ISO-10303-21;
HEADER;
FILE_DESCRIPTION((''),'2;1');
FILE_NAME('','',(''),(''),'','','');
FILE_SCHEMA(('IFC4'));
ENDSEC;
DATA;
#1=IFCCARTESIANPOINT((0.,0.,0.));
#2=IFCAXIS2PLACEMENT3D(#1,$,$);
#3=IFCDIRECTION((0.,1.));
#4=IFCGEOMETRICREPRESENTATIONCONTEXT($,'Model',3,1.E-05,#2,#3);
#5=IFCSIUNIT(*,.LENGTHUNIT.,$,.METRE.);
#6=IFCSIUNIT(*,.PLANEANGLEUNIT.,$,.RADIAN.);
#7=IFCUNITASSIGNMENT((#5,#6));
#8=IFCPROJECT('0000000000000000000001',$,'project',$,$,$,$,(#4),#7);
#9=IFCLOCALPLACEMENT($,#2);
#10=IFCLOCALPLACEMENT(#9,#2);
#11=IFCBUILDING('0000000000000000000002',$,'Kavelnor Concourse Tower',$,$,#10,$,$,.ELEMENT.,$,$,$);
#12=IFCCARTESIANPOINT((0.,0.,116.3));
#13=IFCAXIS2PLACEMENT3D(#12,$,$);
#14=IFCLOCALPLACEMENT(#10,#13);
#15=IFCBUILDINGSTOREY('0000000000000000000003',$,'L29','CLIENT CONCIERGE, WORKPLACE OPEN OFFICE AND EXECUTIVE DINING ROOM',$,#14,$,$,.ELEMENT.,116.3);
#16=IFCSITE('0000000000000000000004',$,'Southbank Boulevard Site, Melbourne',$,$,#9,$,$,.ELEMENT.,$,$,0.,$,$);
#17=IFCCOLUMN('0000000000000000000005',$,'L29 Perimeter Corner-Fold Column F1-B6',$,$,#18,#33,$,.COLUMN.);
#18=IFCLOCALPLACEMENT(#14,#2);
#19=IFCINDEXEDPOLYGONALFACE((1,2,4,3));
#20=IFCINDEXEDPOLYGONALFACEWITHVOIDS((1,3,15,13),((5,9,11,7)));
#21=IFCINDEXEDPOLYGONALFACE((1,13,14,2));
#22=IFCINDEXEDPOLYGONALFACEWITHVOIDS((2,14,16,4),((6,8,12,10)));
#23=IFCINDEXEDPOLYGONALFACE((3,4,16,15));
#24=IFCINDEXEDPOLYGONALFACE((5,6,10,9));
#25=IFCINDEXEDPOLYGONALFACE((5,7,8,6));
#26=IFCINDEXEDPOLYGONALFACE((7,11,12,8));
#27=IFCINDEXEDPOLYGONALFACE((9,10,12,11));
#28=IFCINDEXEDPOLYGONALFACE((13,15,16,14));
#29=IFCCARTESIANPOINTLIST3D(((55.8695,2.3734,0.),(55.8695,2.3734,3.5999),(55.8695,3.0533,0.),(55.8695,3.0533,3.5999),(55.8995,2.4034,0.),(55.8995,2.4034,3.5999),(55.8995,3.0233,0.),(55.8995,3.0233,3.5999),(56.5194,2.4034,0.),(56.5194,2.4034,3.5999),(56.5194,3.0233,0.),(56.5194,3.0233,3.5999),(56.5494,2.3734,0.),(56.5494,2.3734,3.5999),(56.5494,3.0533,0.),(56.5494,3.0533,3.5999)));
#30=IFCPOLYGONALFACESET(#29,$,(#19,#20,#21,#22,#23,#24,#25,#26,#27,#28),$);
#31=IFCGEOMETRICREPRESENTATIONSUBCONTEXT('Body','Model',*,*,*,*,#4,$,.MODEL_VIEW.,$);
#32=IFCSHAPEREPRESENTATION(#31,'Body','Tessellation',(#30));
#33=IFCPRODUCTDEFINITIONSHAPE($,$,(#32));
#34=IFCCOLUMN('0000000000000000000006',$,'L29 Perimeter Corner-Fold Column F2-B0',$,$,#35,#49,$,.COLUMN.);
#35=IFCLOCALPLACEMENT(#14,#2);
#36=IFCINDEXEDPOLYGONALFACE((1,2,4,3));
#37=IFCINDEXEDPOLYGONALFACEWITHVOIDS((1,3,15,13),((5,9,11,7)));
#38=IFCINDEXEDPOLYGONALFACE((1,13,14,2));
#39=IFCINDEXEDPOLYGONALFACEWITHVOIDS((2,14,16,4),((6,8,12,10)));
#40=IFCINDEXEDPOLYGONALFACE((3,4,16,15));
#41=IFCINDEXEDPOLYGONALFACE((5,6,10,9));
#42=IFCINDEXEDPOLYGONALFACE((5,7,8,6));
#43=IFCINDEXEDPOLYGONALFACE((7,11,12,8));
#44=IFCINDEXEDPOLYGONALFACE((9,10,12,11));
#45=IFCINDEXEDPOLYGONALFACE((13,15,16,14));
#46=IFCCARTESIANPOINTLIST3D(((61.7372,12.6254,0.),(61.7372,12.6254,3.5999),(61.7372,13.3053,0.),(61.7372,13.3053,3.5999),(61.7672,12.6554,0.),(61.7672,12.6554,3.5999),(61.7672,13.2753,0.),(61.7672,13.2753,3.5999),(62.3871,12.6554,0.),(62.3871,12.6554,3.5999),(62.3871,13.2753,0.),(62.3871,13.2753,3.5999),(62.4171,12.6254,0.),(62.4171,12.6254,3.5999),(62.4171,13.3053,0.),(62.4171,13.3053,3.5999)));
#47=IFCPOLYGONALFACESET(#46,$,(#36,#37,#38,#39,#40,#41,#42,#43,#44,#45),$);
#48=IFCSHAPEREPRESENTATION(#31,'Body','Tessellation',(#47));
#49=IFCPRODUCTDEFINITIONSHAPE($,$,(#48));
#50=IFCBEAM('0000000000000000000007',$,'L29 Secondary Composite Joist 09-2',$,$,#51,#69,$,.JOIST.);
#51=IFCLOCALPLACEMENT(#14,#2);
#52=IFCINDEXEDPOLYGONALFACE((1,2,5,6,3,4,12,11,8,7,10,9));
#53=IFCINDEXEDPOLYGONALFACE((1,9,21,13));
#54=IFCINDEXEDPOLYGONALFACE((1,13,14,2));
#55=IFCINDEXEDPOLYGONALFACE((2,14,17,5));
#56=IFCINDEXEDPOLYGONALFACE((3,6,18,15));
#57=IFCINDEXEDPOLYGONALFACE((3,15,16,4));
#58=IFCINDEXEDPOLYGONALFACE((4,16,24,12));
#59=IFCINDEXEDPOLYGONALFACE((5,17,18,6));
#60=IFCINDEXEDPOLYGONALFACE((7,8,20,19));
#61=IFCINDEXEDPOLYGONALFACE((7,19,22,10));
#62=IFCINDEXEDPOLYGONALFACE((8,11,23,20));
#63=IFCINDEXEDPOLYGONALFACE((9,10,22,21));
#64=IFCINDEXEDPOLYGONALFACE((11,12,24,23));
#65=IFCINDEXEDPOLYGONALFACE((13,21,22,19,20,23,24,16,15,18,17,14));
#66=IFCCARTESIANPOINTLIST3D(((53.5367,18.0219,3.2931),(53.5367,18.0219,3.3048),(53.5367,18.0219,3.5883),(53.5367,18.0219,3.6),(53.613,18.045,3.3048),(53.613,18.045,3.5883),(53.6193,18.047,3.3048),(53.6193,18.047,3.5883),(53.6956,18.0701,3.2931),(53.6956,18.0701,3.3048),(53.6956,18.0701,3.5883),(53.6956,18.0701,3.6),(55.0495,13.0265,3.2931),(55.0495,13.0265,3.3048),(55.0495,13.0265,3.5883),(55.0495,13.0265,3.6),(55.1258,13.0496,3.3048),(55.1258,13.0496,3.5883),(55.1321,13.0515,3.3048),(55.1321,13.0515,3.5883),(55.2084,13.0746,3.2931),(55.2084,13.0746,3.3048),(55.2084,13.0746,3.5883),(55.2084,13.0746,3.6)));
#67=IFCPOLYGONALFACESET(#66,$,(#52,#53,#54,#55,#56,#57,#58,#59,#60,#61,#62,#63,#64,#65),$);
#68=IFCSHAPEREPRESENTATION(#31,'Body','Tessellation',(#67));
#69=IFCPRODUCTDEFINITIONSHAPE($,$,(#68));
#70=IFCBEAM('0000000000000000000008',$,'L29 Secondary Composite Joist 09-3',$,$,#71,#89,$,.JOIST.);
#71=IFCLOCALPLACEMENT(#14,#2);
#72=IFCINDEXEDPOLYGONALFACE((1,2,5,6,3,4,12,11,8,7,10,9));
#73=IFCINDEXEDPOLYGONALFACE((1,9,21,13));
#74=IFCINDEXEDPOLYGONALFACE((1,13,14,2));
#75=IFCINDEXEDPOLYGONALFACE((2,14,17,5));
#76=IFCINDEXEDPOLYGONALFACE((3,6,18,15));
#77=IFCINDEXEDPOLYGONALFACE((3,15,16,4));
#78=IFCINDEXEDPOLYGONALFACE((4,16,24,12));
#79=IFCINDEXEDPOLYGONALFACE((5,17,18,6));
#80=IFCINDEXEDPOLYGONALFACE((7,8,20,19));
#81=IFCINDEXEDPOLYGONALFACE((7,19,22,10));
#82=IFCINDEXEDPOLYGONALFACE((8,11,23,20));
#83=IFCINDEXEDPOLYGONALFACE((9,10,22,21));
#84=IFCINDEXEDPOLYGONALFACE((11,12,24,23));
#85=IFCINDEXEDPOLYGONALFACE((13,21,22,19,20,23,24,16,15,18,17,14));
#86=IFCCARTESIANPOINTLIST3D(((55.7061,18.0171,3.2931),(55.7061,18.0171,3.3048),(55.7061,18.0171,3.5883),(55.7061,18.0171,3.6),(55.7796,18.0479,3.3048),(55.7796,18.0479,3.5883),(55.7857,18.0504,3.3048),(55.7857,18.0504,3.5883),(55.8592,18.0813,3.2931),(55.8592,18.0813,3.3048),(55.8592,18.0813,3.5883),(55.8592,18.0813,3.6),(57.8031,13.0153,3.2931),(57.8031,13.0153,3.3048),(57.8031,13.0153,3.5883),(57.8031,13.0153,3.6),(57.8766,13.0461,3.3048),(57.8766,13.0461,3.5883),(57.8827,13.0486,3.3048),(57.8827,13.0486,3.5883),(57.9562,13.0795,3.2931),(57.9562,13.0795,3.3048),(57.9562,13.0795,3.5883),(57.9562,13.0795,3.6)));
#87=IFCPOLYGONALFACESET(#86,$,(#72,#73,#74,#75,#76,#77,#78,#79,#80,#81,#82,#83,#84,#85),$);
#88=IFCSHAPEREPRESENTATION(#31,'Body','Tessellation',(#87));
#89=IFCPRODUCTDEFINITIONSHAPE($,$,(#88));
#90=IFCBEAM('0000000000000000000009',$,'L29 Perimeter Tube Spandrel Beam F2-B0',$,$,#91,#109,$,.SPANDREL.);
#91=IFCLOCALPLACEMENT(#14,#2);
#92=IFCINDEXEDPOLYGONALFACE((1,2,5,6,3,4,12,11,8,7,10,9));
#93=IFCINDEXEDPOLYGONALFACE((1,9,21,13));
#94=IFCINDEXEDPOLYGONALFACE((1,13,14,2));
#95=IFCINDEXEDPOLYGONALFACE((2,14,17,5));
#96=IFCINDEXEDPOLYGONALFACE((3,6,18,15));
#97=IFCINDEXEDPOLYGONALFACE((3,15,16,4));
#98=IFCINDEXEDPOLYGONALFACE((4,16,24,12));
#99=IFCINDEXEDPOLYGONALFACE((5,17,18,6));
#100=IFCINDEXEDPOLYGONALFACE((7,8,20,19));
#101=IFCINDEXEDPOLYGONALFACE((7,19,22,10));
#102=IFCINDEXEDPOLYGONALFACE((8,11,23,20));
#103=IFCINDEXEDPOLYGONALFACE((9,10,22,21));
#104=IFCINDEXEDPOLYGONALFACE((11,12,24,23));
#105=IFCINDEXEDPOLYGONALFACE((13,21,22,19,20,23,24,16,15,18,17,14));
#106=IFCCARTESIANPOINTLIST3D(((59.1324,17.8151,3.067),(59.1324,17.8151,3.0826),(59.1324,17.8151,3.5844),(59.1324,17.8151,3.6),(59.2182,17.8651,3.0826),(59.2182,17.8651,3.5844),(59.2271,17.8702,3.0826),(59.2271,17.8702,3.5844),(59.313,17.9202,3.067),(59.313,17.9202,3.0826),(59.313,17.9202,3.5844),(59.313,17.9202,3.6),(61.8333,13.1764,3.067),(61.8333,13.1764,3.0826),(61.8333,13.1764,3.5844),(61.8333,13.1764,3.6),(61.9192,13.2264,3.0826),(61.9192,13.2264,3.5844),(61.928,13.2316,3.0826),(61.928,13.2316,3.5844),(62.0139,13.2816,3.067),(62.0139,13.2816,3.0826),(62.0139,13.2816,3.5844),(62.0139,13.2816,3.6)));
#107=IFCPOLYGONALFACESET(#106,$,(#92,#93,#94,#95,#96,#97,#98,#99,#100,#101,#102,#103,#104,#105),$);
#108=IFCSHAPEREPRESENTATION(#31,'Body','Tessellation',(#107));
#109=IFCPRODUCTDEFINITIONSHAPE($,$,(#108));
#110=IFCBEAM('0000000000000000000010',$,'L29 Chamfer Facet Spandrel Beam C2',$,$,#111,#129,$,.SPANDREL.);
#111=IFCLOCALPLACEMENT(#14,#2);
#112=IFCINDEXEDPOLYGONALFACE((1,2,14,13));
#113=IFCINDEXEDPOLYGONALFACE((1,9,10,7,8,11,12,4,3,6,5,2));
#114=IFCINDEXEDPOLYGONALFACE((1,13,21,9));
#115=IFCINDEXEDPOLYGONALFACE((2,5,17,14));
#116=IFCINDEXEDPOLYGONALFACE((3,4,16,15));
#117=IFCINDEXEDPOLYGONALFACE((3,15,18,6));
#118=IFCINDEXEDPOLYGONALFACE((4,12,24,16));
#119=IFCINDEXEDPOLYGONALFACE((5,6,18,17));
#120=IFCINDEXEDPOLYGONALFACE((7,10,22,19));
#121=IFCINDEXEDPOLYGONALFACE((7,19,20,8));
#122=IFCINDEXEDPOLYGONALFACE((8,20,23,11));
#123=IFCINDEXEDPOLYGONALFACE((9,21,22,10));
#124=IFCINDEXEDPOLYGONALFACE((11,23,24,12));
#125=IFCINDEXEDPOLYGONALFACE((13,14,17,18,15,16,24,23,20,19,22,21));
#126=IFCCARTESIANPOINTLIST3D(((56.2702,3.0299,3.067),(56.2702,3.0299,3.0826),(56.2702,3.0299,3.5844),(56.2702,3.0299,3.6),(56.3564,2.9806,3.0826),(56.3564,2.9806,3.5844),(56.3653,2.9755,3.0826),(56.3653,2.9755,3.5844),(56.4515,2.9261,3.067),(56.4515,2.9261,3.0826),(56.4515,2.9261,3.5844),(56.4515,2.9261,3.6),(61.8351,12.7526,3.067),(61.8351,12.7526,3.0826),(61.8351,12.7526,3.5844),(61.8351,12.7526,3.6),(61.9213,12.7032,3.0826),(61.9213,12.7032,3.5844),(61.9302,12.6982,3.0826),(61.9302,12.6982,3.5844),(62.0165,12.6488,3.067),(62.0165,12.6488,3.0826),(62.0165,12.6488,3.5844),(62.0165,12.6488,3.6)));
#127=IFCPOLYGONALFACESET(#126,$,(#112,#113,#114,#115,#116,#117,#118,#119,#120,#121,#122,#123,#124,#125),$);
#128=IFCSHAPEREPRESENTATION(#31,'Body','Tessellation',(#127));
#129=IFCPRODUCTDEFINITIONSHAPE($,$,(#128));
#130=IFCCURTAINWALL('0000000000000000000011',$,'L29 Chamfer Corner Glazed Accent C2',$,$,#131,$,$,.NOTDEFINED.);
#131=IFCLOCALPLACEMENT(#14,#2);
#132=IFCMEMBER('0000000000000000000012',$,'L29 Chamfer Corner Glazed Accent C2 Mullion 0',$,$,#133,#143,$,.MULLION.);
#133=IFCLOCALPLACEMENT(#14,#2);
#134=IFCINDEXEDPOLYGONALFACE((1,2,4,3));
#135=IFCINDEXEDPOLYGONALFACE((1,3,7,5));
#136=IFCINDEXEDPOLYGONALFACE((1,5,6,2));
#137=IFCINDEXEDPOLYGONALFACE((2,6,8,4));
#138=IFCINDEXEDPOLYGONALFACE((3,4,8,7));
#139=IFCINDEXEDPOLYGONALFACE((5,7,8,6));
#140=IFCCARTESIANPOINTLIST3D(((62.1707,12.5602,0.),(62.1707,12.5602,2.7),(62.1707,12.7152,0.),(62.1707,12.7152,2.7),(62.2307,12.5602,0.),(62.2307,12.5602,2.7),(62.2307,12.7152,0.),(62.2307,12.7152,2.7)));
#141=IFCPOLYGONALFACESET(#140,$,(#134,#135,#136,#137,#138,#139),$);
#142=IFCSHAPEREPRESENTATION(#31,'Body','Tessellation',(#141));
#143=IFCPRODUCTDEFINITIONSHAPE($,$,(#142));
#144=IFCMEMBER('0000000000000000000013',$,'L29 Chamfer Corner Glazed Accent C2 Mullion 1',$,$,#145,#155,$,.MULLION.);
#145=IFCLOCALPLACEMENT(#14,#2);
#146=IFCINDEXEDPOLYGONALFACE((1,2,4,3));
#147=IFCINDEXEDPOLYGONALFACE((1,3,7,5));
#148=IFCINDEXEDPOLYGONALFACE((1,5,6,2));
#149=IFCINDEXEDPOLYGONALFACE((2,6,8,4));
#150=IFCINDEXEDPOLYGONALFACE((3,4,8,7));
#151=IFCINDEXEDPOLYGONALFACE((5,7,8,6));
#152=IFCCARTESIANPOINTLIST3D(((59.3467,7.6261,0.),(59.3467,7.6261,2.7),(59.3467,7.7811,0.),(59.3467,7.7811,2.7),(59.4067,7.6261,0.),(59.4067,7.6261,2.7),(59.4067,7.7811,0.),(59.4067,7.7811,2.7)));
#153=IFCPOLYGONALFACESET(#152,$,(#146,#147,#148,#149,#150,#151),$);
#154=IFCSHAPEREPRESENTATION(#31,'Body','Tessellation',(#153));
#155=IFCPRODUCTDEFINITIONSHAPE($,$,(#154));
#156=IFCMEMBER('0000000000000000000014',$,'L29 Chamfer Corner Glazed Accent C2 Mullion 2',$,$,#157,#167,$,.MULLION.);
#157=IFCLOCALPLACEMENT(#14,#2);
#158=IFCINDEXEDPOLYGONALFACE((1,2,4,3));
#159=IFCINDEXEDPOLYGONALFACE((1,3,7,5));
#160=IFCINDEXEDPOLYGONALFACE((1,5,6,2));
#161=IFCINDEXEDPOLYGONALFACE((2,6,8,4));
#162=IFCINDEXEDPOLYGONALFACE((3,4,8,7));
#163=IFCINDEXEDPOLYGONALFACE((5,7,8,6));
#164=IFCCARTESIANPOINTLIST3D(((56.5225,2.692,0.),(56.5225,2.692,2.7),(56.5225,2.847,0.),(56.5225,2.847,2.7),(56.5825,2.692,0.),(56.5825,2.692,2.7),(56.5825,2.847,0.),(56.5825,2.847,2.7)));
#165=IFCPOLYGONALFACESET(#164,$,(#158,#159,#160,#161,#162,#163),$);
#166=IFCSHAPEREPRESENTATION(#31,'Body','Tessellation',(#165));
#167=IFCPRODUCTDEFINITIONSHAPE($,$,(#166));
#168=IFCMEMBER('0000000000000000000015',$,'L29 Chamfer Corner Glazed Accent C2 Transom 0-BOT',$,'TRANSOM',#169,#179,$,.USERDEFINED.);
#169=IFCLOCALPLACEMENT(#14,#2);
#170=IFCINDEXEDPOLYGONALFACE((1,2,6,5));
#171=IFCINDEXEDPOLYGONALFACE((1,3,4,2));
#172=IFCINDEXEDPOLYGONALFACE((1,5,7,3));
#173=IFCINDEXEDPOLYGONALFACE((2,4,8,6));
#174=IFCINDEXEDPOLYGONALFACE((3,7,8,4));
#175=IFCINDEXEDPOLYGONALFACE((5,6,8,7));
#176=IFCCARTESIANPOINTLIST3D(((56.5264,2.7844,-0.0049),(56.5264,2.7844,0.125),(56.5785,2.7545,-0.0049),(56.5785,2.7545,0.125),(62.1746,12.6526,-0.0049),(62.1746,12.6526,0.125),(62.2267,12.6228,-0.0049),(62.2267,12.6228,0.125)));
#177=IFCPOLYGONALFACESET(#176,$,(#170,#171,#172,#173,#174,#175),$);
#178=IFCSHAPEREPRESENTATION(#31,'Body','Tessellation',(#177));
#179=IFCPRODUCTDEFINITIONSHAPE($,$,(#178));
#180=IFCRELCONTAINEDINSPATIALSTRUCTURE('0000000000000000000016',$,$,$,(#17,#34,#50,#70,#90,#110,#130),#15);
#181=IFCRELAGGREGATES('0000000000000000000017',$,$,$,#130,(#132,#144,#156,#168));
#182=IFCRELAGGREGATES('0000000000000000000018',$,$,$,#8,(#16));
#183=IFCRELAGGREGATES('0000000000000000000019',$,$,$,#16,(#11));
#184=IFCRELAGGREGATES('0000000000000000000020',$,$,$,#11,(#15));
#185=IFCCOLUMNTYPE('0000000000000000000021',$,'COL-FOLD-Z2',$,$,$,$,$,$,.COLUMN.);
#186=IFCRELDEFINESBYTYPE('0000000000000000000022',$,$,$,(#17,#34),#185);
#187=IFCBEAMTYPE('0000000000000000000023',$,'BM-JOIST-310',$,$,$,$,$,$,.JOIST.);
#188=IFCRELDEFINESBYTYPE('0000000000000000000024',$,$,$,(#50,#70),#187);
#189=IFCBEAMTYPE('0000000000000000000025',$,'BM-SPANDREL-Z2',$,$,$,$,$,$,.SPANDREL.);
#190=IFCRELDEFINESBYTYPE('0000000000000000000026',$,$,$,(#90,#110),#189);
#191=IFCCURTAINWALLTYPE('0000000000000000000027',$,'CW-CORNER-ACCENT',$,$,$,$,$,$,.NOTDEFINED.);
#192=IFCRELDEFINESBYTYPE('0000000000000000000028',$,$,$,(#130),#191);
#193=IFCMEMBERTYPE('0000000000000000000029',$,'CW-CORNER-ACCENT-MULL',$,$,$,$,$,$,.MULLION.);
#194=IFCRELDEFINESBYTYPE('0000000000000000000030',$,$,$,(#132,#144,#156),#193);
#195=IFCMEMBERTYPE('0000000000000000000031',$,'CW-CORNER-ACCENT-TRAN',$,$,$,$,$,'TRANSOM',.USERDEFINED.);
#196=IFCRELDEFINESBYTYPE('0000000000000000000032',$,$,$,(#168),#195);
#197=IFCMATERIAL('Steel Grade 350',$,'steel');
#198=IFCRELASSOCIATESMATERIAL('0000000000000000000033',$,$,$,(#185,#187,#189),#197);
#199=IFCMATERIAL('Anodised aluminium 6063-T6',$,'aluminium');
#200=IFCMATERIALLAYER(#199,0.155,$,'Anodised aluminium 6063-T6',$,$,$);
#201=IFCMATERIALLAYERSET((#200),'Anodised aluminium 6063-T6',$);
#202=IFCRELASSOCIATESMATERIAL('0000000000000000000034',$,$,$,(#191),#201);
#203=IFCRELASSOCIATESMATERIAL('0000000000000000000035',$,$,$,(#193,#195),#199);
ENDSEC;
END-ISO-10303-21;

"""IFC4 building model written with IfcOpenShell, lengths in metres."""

from ifc_helpers import new_model, si_unit, direction, frame, origin, origin_2d, place, context, subcontext, project, spatial, rectangle, hollow_rectangle, i_section, extrude, material, layer, layer_set, material_profile, profile_set, type_object, element, aggregate, save


model = new_model("IFC4")

# Units and contexts
model_context = context("Model", 3, precision=1e-05, world=origin(), true_north=direction((0.0, 1.0)))
body_context = subcontext(model_context, "Body", "Model", "MODEL_VIEW")
ifc_project = project(units=[si_unit("LENGTHUNIT", "METRE"), si_unit("PLANEANGLEUNIT", "RADIAN")], contexts=[model_context])

# Site, building, storey
site_placement = place(None, origin())
site = spatial("IfcSite", under=ifc_project, at=site_placement, Name="Southbank Boulevard Site, Melbourne", CompositionType="ELEMENT", RefElevation=0.0)
building_placement = place(site_placement, origin())
building = spatial("IfcBuilding", under=site, at=building_placement, Name="Kavelnor Concourse Tower", CompositionType="ELEMENT")
storey_placement = place(building_placement, frame((0.0, 0.0, 116.3)))
storey = spatial("IfcBuildingStorey", under=building, at=storey_placement, Name="L29", Description="CLIENT CONCIERGE, WORKPLACE OPEN OFFICE AND EXECUTIVE DINING ROOM", CompositionType="ELEMENT", Elevation=116.3)

# Columns
ifc_material_1 = material(Name="Steel Grade 350", Category="steel")
ifc_material_profile_1 = material_profile(ifc_material_1, hollow_rectangle(XDim=0.6799, YDim=0.6799, WallThickness=0.03, at=origin_2d()), Name="SHS 680x680x30")
ifc_profile_set_1 = profile_set([ifc_material_profile_1], Name="Steel Grade 350")
column_type = type_object("IfcColumnType", Name="COL-FOLD-Z2", PredefinedType="COLUMN", material=ifc_profile_set_1)
for number, where, z_axis, x_axis, name in (
    (1, (56.2095, 2.7134, 0.0), (0.0, 0.0, 1.0), (1.0, 0.0, 0.0), "L29 Perimeter Corner-Fold Column F1-B6"),
    (2, (62.0771, 12.9653, 0.0), (0.0, 0.0, 1.0), (1.0, 0.0, 0.0), "L29 Perimeter Corner-Fold Column F2-B0"),
):
    element("IfcColumn", number, at=place(storey_placement, frame(where, z_axis=z_axis, x_axis=x_axis)), inside=storey, type_object=column_type, Name=name, PredefinedType="COLUMN", context=body_context, shape_type="SweptSolid", body=[
        extrude(hollow_rectangle(XDim=0.6799, YDim=0.6799, WallThickness=0.03, at=origin_2d()), origin(), (0.0, 0.0, 1.0), 3.5999),
    ])

# Beams
ifc_material_profile_2 = material_profile(ifc_material_1, i_section(OverallWidth=0.166, OverallDepth=0.3069, WebThickness=0.0066, FlangeThickness=0.0117, at=origin_2d()), Name="310UB46")
ifc_profile_set_2 = profile_set([ifc_material_profile_2], Name="Steel Grade 350")
beam_type_1 = type_object("IfcBeamType", Name="BM-JOIST-310", PredefinedType="JOIST", material=ifc_profile_set_2)
beam_1_placement = place(storey_placement, frame((55.1289, 13.0505, 3.4465), z_axis=(-0.289823, 0.95708, 0.0), x_axis=(-0.95708, -0.289823, 0.0)))
element("IfcBeam", 3, at=beam_1_placement, inside=storey, type_object=beam_type_1, Name="L29 Secondary Composite Joist 09-2", PredefinedType="JOIST", context=body_context, shape_type="SweptSolid", body=[
    extrude(i_section(OverallWidth=0.166, OverallDepth=0.3069, WebThickness=0.0066, FlangeThickness=0.0117, at=origin_2d()), origin(), (0.0, 0.0, 1.0), 5.2195),
])
beam_2_placement = place(storey_placement, frame((57.8796, 13.0474, 3.4465), z_axis=(-0.386638, 0.922232, 0.0), x_axis=(-0.922232, -0.386638, 0.0)))
element("IfcBeam", 4, at=beam_2_placement, inside=storey, type_object=beam_type_1, Name="L29 Secondary Composite Joist 09-3", PredefinedType="JOIST", context=body_context, shape_type="SweptSolid", body=[
    extrude(i_section(OverallWidth=0.166, OverallDepth=0.3069, WebThickness=0.0066, FlangeThickness=0.0117, at=origin_2d()), origin(), (0.0, 0.0, 1.0), 5.4236),
])
ifc_material_profile_3 = material_profile(ifc_material_1, i_section(OverallWidth=0.209, OverallDepth=0.533, WebThickness=0.0103, FlangeThickness=0.0156, at=origin_2d()), Name="530UB92")
ifc_profile_set_3 = profile_set([ifc_material_profile_3], Name="Steel Grade 350")
beam_type_2 = type_object("IfcBeamType", Name="BM-SPANDREL-Z2", PredefinedType="SPANDREL", material=ifc_profile_set_3)
beam_3_placement = place(storey_placement, frame((61.9236, 13.229, 3.3335), z_axis=(-0.503181, 0.864181, 0.0), x_axis=(-0.864181, -0.503181, 0.0)))
element("IfcBeam", 5, at=beam_3_placement, inside=storey, type_object=beam_type_2, Name="L29 Perimeter Tube Spandrel Beam F2-B0", PredefinedType="SPANDREL", context=body_context, shape_type="SweptSolid", body=[
    extrude(i_section(OverallWidth=0.209, OverallDepth=0.533, WebThickness=0.0103, FlangeThickness=0.0156, at=origin_2d()), origin(), (0.0, 0.0, 1.0), 5.3677),
])
beam_4_placement = place(storey_placement, frame((56.3608, 2.978, 3.3335), z_axis=(0.496754, 0.867892, 0.0), x_axis=(-0.867892, 0.496754, 0.0)))
element("IfcBeam", 6, at=beam_4_placement, inside=storey, type_object=beam_type_2, Name="L29 Chamfer Facet Spandrel Beam C2", PredefinedType="SPANDREL", context=body_context, shape_type="SweptSolid", body=[
    extrude(i_section(OverallWidth=0.209, OverallDepth=0.533, WebThickness=0.0103, FlangeThickness=0.0156, at=origin_2d()), origin(), (0.0, 0.0, 1.0), 11.2026),
])

# Curtain wall, members
ifc_material_2 = material(Name="Anodised aluminium 6063-T6", Category="aluminium")
ifc_layer_1 = layer(ifc_material_2, 0.155, Name="Anodised aluminium 6063-T6")
ifc_layer_set_1 = layer_set([ifc_layer_1], Name="Anodised aluminium 6063-T6")
curtain_wall_type = type_object("IfcCurtainWallType", Name="CW-CORNER-ACCENT", PredefinedType="NOTDEFINED", material=ifc_layer_set_1)
curtain_wall_placement = place(storey_placement, origin())
curtain_wall = element("IfcCurtainWall", 7, at=curtain_wall_placement, inside=storey, type_object=curtain_wall_type, Name="L29 Chamfer Corner Glazed Accent C2", PredefinedType="NOTDEFINED")
ifc_material_profile_4 = material_profile(ifc_material_2, rectangle(XDim=0.0601, YDim=0.155, at=origin_2d()), Name="AL-MULL 60x155")
ifc_profile_set_4 = profile_set([ifc_material_profile_4], Name="Anodised aluminium 6063-T6")
member_type_1 = type_object("IfcMemberType", Name="CW-CORNER-ACCENT-MULL", PredefinedType="MULLION", material=ifc_profile_set_4)
member_1_placement = place(storey_placement, frame((62.2007, 12.6377, 0.0), z_axis=(0.0, 0.0, 1.0), x_axis=(1.0, 0.0, 0.0)))
member_1 = element("IfcMember", 8, at=member_1_placement, type_object=member_type_1, Name="L29 Chamfer Corner Glazed Accent C2 Mullion 0", PredefinedType="MULLION", context=body_context, shape_type="SweptSolid", body=[
    extrude(rectangle(XDim=0.0601, YDim=0.155, at=origin_2d()), origin(), (0.0, 0.0, 1.0), 2.7),
])
member_2_placement = place(storey_placement, frame((59.3767, 7.7036, 0.0), z_axis=(0.0, 0.0, 1.0), x_axis=(1.0, 0.0, 0.0)))
member_2 = element("IfcMember", 9, at=member_2_placement, type_object=member_type_1, Name="L29 Chamfer Corner Glazed Accent C2 Mullion 1", PredefinedType="MULLION", context=body_context, shape_type="SweptSolid", body=[
    extrude(rectangle(XDim=0.0601, YDim=0.155, at=origin_2d()), origin(), (0.0, 0.0, 1.0), 2.7),
])
member_3_placement = place(storey_placement, frame((56.5525, 2.7695, 0.0), z_axis=(0.0, 0.0, 1.0), x_axis=(1.0, 0.0, 0.0)))
member_3 = element("IfcMember", 10, at=member_3_placement, type_object=member_type_1, Name="L29 Chamfer Corner Glazed Accent C2 Mullion 2", PredefinedType="MULLION", context=body_context, shape_type="SweptSolid", body=[
    extrude(rectangle(XDim=0.0601, YDim=0.155, at=origin_2d()), origin(), (0.0, 0.0, 1.0), 2.7),
])
ifc_material_profile_5 = material_profile(ifc_material_2, rectangle(XDim=0.0601, YDim=0.1299, at=origin_2d()), Name="AL-TRAN 60x130")
ifc_profile_set_5 = profile_set([ifc_material_profile_5], Name="Anodised aluminium 6063-T6")
member_type_2 = type_object("IfcMemberType", Name="CW-CORNER-ACCENT-TRAN", ElementType="TRANSOM", PredefinedType="USERDEFINED", material=ifc_profile_set_5)
member_4_placement = place(storey_placement, frame((62.2007, 12.6377, 0.0601), z_axis=(-0.496752, -0.867893, 0.0), x_axis=(0.867893, -0.496752, 0.0)))
member_4 = element("IfcMember", 11, at=member_4_placement, type_object=member_type_2, Name="L29 Chamfer Corner Glazed Accent C2 Transom 0-BOT", ObjectType="TRANSOM", PredefinedType="USERDEFINED", context=body_context, shape_type="SweptSolid", body=[
    extrude(rectangle(XDim=0.0601, YDim=0.1299, at=origin_2d()), origin(), (0.0, 0.0, 1.0), 11.3704),
])
aggregate(curtain_wall, [member_1, member_2, member_3, member_4])

save(model, "model.ifc")
